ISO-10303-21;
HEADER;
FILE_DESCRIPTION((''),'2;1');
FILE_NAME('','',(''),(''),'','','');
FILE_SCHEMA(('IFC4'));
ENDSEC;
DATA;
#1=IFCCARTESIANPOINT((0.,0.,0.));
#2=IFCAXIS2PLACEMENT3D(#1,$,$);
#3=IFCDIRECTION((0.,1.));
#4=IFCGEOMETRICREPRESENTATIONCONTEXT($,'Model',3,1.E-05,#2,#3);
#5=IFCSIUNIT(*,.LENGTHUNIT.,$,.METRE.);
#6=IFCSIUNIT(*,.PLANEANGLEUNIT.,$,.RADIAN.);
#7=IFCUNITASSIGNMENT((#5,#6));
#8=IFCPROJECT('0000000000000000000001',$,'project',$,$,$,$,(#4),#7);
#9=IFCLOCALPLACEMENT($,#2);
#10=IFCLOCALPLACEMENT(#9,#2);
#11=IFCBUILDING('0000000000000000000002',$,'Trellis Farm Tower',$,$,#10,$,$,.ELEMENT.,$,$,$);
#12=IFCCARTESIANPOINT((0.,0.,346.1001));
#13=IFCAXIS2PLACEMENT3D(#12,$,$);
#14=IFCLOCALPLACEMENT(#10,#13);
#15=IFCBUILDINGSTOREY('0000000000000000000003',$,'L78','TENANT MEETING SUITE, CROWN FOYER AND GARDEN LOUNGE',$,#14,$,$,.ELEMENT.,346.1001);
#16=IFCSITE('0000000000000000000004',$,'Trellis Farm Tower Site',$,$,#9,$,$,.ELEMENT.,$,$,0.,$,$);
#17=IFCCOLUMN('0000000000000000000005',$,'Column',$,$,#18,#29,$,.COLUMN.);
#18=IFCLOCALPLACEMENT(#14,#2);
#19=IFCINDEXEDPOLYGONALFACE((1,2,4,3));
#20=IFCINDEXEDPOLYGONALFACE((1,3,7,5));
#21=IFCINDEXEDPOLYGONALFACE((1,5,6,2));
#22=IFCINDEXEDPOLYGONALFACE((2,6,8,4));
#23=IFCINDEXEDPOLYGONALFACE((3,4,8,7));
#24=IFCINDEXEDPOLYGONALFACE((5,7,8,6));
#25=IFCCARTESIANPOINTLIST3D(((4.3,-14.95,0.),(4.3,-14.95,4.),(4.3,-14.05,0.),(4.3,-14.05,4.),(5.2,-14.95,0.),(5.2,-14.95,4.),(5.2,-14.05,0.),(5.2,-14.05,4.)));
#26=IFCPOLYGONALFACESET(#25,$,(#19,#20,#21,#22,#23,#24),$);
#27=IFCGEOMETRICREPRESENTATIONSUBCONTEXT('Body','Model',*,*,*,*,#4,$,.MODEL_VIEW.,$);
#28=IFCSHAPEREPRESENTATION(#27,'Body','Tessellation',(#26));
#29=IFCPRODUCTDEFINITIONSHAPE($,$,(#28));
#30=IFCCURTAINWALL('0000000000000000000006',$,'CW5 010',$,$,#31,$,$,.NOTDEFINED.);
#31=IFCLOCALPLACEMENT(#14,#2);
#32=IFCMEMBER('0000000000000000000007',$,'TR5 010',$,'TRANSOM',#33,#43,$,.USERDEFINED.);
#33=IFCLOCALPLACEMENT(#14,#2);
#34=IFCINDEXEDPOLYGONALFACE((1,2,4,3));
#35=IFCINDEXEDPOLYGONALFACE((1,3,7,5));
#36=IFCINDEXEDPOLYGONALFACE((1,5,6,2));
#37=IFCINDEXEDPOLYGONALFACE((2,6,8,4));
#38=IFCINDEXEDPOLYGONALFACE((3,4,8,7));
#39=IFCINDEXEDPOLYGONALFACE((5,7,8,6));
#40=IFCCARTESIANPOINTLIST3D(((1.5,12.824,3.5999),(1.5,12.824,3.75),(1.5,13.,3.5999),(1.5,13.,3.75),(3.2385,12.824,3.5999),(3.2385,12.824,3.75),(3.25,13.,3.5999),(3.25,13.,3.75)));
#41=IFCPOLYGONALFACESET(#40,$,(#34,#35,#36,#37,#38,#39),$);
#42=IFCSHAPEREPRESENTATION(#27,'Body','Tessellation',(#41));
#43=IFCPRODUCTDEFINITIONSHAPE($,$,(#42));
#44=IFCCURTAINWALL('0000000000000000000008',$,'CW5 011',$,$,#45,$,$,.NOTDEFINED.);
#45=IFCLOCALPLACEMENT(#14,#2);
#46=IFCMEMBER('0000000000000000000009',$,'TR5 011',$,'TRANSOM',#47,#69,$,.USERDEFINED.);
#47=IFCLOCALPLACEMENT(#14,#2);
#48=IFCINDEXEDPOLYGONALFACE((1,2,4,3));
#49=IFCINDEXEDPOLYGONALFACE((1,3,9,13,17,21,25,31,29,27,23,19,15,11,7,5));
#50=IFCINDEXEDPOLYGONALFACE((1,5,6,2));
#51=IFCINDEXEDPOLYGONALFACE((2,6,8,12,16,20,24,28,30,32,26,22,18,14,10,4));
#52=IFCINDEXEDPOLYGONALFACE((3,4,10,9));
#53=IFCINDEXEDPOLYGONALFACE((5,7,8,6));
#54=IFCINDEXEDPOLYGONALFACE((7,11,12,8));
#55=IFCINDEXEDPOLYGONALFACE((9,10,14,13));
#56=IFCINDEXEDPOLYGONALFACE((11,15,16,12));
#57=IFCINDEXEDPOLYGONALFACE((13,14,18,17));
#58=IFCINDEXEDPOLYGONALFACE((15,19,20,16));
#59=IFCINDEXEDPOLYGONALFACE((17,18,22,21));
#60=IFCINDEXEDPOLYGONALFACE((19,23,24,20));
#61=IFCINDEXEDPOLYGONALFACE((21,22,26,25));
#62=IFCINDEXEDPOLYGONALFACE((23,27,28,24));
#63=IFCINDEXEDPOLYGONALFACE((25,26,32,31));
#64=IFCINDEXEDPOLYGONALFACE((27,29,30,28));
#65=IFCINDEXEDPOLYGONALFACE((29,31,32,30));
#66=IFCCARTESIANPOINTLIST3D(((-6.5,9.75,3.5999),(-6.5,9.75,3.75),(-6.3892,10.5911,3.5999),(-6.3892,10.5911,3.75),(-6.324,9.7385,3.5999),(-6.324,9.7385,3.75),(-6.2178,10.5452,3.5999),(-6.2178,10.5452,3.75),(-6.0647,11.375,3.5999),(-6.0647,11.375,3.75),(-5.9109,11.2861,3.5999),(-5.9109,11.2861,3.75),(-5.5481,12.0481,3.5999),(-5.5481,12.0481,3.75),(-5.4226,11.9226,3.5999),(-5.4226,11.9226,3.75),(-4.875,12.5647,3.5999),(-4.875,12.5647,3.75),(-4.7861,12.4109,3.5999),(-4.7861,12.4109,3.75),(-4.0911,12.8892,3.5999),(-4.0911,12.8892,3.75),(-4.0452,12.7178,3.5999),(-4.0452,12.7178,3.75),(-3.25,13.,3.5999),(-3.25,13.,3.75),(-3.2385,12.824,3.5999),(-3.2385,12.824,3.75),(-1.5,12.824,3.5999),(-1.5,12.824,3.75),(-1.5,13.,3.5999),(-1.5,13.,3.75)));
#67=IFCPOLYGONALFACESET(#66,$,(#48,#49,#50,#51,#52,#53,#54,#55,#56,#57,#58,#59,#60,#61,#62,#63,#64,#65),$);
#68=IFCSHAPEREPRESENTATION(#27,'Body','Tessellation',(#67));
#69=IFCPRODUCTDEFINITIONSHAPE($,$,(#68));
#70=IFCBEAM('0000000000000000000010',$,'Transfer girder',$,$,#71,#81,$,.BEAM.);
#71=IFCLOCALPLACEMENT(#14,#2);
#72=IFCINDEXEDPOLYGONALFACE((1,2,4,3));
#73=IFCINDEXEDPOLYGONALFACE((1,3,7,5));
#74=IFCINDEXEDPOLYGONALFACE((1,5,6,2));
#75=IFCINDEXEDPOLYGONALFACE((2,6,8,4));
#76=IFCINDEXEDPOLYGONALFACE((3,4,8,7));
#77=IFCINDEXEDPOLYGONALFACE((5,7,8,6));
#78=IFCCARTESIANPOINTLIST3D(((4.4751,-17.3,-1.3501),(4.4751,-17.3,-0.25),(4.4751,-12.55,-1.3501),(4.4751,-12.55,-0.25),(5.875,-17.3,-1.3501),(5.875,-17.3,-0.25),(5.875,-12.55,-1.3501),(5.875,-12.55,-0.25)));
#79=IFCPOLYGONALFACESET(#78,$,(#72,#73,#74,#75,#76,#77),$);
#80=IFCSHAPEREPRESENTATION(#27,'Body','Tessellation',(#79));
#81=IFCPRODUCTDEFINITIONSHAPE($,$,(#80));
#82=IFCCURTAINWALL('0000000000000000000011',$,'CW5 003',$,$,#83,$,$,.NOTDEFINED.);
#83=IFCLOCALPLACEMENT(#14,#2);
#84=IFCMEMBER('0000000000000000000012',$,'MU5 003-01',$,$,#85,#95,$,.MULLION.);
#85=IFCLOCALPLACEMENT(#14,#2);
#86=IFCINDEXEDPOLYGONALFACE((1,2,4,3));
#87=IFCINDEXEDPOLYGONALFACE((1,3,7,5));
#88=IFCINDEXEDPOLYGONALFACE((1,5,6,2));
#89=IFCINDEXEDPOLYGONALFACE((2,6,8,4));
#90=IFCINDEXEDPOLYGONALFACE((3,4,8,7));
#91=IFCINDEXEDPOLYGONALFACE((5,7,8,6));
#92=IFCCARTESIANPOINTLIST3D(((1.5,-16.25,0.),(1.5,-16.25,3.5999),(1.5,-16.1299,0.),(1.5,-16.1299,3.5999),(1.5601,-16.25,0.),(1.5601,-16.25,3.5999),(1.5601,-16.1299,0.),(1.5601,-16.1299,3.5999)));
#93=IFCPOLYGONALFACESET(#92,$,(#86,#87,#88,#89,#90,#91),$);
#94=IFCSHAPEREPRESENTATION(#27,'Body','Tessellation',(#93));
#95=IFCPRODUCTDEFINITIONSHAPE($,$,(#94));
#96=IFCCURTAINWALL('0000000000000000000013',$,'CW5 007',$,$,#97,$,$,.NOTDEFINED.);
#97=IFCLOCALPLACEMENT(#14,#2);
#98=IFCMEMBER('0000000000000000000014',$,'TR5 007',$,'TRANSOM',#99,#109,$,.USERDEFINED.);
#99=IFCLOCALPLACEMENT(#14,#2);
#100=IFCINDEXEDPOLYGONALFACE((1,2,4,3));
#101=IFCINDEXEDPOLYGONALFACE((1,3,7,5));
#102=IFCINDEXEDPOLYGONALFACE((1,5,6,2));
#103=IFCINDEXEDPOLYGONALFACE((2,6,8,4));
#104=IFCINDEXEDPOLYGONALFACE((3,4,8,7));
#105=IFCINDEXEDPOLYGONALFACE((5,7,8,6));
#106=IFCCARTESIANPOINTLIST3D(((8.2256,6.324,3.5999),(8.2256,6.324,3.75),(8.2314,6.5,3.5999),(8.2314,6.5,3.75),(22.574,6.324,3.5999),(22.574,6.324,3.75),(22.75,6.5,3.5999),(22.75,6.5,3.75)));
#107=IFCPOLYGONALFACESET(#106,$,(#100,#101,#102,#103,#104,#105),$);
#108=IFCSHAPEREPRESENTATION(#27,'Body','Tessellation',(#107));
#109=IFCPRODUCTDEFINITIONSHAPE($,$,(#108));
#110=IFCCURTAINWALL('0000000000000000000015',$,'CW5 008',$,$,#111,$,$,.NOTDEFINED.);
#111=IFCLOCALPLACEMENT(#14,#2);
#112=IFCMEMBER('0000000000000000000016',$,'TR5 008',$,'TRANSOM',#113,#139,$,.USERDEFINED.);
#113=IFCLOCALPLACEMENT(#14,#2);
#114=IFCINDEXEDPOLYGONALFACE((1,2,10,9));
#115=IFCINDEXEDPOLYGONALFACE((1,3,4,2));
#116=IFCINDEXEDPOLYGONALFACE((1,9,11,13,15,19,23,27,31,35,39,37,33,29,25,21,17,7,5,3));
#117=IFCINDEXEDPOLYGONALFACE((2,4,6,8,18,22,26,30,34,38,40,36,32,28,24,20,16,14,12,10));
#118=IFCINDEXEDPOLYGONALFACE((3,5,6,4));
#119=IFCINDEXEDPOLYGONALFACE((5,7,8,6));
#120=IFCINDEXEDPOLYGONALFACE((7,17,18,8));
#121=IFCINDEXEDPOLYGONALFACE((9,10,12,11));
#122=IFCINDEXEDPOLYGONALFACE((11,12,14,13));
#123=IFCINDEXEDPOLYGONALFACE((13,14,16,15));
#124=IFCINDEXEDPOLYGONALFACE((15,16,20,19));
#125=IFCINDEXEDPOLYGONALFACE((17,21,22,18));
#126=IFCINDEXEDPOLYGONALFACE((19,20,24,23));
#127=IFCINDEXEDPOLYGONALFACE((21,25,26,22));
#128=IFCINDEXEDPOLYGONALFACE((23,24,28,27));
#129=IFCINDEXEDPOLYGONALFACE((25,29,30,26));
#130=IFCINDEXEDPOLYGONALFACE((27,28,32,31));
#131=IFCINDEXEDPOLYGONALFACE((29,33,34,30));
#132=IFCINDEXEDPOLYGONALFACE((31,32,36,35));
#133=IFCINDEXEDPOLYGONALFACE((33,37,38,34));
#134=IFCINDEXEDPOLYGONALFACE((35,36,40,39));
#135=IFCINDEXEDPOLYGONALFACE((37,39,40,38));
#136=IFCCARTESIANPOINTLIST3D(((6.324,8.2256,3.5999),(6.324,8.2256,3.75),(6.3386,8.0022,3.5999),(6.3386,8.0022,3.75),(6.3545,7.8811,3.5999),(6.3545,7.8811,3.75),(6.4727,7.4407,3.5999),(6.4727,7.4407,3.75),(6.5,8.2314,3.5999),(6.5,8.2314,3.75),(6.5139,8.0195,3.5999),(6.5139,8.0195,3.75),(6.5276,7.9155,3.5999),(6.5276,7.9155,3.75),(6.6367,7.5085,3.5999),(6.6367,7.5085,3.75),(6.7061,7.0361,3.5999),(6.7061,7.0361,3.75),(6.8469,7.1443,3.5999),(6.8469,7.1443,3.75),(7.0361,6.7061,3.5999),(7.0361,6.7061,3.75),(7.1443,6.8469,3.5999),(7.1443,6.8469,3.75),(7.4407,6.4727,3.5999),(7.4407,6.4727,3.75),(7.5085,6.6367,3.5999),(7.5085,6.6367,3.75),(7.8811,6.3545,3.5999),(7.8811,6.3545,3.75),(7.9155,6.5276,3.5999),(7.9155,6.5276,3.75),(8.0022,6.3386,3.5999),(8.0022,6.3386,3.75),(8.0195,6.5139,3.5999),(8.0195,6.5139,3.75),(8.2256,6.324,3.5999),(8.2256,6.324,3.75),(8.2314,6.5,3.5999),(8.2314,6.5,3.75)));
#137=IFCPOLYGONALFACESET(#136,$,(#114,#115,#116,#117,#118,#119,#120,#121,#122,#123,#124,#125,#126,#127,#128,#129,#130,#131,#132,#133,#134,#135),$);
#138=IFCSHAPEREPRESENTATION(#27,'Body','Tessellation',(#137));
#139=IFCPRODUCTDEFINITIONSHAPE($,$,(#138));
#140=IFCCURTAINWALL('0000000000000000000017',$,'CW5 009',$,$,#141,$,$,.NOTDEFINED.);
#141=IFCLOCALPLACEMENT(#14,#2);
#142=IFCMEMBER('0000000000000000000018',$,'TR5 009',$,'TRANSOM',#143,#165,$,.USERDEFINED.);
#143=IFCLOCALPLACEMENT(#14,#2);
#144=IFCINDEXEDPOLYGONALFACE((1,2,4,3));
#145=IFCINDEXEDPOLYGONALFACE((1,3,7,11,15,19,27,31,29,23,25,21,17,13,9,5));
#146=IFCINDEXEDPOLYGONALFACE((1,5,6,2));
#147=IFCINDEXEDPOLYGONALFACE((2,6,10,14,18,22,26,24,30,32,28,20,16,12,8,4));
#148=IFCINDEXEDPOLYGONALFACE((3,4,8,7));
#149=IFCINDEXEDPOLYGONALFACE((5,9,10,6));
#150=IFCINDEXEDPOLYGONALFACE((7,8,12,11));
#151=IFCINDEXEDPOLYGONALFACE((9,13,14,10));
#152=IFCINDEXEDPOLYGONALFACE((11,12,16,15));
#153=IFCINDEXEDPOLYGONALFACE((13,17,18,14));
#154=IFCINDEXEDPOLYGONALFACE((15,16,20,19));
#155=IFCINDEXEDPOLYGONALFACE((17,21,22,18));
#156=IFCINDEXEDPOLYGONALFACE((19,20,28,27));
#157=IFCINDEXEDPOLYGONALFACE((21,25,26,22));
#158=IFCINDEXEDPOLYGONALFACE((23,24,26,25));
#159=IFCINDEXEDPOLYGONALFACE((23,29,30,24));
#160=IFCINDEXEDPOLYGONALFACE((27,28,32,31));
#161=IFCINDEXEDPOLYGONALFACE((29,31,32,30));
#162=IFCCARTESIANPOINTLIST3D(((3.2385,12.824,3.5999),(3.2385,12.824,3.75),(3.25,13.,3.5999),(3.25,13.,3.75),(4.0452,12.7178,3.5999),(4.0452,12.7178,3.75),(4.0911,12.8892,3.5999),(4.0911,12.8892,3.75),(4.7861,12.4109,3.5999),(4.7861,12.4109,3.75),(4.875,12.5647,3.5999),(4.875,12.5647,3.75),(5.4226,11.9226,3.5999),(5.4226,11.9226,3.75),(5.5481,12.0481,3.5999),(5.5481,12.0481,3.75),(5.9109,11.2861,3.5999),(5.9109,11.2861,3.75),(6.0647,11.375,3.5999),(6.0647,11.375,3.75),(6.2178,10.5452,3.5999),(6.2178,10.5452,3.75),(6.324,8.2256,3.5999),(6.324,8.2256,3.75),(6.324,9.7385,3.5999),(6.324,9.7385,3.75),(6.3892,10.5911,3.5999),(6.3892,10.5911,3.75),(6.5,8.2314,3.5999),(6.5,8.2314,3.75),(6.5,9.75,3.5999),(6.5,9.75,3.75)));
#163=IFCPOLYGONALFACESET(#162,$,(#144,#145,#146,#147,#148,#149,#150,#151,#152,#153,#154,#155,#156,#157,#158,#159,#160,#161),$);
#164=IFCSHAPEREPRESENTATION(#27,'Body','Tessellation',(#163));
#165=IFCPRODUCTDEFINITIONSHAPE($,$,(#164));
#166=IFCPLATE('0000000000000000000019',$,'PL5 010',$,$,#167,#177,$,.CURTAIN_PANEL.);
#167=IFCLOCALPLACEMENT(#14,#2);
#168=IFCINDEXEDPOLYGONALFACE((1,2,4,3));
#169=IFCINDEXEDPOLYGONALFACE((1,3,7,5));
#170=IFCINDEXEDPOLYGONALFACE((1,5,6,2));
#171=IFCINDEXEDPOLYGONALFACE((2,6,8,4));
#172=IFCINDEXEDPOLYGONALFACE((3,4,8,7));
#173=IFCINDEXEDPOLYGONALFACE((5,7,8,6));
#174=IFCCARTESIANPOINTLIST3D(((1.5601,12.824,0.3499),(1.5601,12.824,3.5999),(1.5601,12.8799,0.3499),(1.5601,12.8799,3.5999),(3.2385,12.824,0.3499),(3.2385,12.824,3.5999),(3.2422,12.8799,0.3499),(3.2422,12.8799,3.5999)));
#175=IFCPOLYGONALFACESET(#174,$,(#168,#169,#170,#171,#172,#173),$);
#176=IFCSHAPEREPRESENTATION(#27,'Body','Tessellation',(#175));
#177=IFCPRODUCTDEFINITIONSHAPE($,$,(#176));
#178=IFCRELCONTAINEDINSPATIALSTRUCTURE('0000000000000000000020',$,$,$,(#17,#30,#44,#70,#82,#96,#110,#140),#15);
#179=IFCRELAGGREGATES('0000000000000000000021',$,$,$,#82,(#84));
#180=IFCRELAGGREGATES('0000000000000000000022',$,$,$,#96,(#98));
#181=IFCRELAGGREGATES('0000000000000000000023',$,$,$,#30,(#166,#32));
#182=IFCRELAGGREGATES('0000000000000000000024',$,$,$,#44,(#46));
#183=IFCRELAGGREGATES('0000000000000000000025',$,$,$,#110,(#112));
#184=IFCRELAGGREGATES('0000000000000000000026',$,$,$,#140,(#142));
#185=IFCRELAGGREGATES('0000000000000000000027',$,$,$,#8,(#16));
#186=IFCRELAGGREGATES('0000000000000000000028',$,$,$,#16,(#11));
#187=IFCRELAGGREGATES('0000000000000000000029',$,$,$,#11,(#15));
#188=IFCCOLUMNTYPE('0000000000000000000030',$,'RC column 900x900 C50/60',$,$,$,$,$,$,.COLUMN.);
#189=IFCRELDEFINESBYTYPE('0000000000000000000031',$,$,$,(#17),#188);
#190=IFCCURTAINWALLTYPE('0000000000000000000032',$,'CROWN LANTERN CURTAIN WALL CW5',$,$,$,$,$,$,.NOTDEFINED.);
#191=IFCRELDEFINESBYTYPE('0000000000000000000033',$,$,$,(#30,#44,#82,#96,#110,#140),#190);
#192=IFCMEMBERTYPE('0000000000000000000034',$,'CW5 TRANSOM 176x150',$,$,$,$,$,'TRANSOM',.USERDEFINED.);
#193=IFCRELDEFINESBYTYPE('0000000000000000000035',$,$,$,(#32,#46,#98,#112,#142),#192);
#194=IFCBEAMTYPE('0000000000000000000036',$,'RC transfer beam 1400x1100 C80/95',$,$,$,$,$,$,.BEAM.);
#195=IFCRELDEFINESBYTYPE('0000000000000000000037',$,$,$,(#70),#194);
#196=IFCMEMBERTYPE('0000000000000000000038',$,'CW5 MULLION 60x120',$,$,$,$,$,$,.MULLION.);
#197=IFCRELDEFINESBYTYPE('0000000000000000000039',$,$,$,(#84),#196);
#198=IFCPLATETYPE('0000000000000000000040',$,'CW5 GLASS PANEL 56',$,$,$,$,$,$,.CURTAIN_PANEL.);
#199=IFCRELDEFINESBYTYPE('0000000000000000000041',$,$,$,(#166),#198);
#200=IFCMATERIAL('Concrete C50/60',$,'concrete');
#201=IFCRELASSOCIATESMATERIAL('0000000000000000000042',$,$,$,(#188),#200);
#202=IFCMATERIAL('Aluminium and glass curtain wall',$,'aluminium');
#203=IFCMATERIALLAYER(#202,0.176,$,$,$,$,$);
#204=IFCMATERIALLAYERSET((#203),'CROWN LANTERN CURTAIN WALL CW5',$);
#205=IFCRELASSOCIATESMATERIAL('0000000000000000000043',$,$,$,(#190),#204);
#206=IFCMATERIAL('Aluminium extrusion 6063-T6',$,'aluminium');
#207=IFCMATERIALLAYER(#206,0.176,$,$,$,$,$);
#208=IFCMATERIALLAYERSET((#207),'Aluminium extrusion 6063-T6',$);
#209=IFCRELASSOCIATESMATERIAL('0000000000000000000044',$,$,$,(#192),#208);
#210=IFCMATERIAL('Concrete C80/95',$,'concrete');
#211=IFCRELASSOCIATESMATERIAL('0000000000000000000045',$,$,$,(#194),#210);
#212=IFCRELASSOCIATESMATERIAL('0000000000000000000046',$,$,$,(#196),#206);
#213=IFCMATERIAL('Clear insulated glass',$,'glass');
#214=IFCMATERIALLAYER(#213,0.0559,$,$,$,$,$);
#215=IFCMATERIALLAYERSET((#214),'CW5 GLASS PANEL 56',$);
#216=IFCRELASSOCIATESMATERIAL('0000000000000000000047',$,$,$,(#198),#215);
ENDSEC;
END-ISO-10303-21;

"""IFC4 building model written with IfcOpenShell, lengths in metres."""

from ifc_helpers import new_model, si_unit, direction, frame, origin, origin_2d, place, context, subcontext, project, spatial, polyline, rectangle, outline, extrude, source, transform, mapped, material, layer, layer_set, material_profile, profile_set, type_object, element, aggregate, save


model = new_model("IFC4")

# Units and contexts
model_context = context("Model", 3, precision=1e-05, world=origin(), true_north=direction((0.0, 1.0)))
body_context = subcontext(model_context, "Body", "Model", "MODEL_VIEW")
ifc_project = project(units=[si_unit("LENGTHUNIT", "METRE"), si_unit("PLANEANGLEUNIT", "RADIAN")], contexts=[model_context])

# Site, building, storey
site_placement = place(None, origin())
site = spatial("IfcSite", under=ifc_project, at=site_placement, Name="Trellis Farm Tower Site", CompositionType="ELEMENT", RefElevation=0.0)
building_placement = place(site_placement, origin())
building = spatial("IfcBuilding", under=site, at=building_placement, Name="Trellis Farm Tower", CompositionType="ELEMENT")
storey_placement = place(building_placement, frame((0.0, 0.0, 346.1001)))
storey = spatial("IfcBuildingStorey", under=building, at=storey_placement, Name="L78", Description="TENANT MEETING SUITE, CROWN FOYER AND GARDEN LOUNGE", CompositionType="ELEMENT", Elevation=346.1001)

# Column
ifc_material_1 = material(Name="Concrete C50/60", Category="concrete")
ifc_material_profile_1 = material_profile(ifc_material_1, rectangle(XDim=0.8999, YDim=0.8999, at=origin_2d()), Name="RC column 900x900 C50/60")
ifc_profile_set_1 = profile_set([ifc_material_profile_1], Name="Concrete C50/60")
column_type = type_object("IfcColumnType", Name="RC column 900x900 C50/60", PredefinedType="COLUMN", material=ifc_profile_set_1)
shared_shape_1 = source(origin(), body_context, "Body", "SweptSolid", [
    extrude(rectangle(XDim=0.8999, YDim=0.8999, at=origin_2d()), origin(), (0.0, 0.0, 1.0), 4.0),
])
column_placement = place(storey_placement, frame((4.75, -14.5, 0.0), z_axis=(0.0, 0.0, 1.0), x_axis=(1.0, 0.0, 0.0)))
element("IfcColumn", 1, at=column_placement, inside=storey, type_object=column_type, Name="Column", PredefinedType="COLUMN", context=body_context, shape_type="MappedRepresentation", body=[
    mapped(shared_shape_1, transform((0.0, 0.0, 0.0))),
])

# Curtain walls, members
ifc_material_2 = material(Name="Aluminium and glass curtain wall", Category="aluminium")
ifc_layer_1 = layer(ifc_material_2, 0.176)
ifc_layer_set_1 = layer_set([ifc_layer_1], Name="CROWN LANTERN CURTAIN WALL CW5")
curtain_wall_type = type_object("IfcCurtainWallType", Name="CROWN LANTERN CURTAIN WALL CW5", PredefinedType="NOTDEFINED", material=ifc_layer_set_1)
placement_1 = place(storey_placement, origin())
curtain_wall_1 = element("IfcCurtainWall", 2, at=placement_1, inside=storey, type_object=curtain_wall_type, Name="CW5 010", PredefinedType="NOTDEFINED")
ifc_material_3 = material(Name="Aluminium extrusion 6063-T6", Category="aluminium")
ifc_layer_2 = layer(ifc_material_3, 0.176)
ifc_layer_set_2 = layer_set([ifc_layer_2], Name="Aluminium extrusion 6063-T6")
member_type_1 = type_object("IfcMemberType", Name="CW5 TRANSOM 176x150", ElementType="TRANSOM", PredefinedType="USERDEFINED", material=ifc_layer_set_2)
placement_2 = place(storey_placement, frame((0.0, 0.0, 3.5999)))
member_1 = element("IfcMember", 3, at=placement_2, type_object=member_type_1, Name="TR5 010", ObjectType="TRANSOM", PredefinedType="USERDEFINED", context=body_context, shape_type="SweptSolid", body=[
    extrude(outline(polyline([(3.25, 13.0), (1.5, 13.0), (1.5, 12.824), (3.2385, 12.824), (3.25, 13.0)])), origin(), (0.0, 0.0, 1.0), 0.1501),
])
curtain_wall_2 = element("IfcCurtainWall", 4, at=placement_1, inside=storey, type_object=curtain_wall_type, Name="CW5 011", PredefinedType="NOTDEFINED")
member_2 = element("IfcMember", 5, at=placement_2, type_object=member_type_1, Name="TR5 011", ObjectType="TRANSOM", PredefinedType="USERDEFINED", context=body_context, shape_type="SweptSolid", body=[
    extrude(outline(polyline([(-1.5, 13.0), (-3.25, 13.0), (-4.0911, 12.8892), (-4.875, 12.5647), (-5.5481, 12.0481), (-6.0647, 11.375), (-6.3892, 10.5911), (-6.5, 9.75), (-6.324, 9.7385), (-6.2178, 10.5452), (-5.9109, 11.2861), (-5.4226, 11.9226), (-4.7861, 12.4109), (-4.0452, 12.7178), (-3.2385, 12.824), (-1.5, 12.824), (-1.5, 13.0)])), origin(), (0.0, 0.0, 1.0), 0.1501),
])

# Beam
ifc_material_4 = material(Name="Concrete C80/95", Category="concrete")
ifc_material_profile_2 = material_profile(ifc_material_4, rectangle(XDim=1.3999, YDim=1.1001, at=origin_2d()), Name="RC transfer beam 1400x1100 C80/95")
ifc_profile_set_2 = profile_set([ifc_material_profile_2], Name="Concrete C80/95")
beam_type = type_object("IfcBeamType", Name="RC transfer beam 1400x1100 C80/95", PredefinedType="BEAM", material=ifc_profile_set_2)
shared_shape_2 = source(origin(), body_context, "Body", "SweptSolid", [
    extrude(rectangle(XDim=1.3999, YDim=1.1001, at=origin_2d()), origin(), (0.0, 0.0, 1.0), 4.75),
])
beam_placement = place(storey_placement, frame((5.175, -17.3, -0.8), z_axis=(0.0, 1.0, 0.0), x_axis=(-1.0, 0.0, 0.0)))
element("IfcBeam", 6, at=beam_placement, inside=storey, type_object=beam_type, Name="Transfer girder", PredefinedType="BEAM", context=body_context, shape_type="MappedRepresentation", body=[
    mapped(shared_shape_2, transform((0.0, 0.0, 0.0))),
])

# Curtain walls, members
curtain_wall_3 = element("IfcCurtainWall", 7, at=placement_1, inside=storey, type_object=curtain_wall_type, Name="CW5 003", PredefinedType="NOTDEFINED")
ifc_material_profile_3 = material_profile(ifc_material_3, rectangle(XDim=0.0601, YDim=0.1201, at=origin_2d()), Name="MULLION 60x120")
ifc_profile_set_3 = profile_set([ifc_material_profile_3], Name="Aluminium extrusion 6063-T6")
member_type_2 = type_object("IfcMemberType", Name="CW5 MULLION 60x120", PredefinedType="MULLION", material=ifc_profile_set_3)
shared_shape_3 = source(origin(), body_context, "Body", "SweptSolid", [
    extrude(rectangle(XDim=0.0601, YDim=0.1201, at=origin_2d()), origin(), (0.0, 0.0, 1.0), 3.5999),
])
member_3_placement = place(storey_placement, frame((1.53, -16.1899, 0.0), z_axis=(0.0, 0.0, 1.0), x_axis=(1.0, 0.0, 0.0)))
member_3 = element("IfcMember", 8, at=member_3_placement, type_object=member_type_2, Name="MU5 003-01", PredefinedType="MULLION", context=body_context, shape_type="MappedRepresentation", body=[
    mapped(shared_shape_3, transform((0.0, 0.0, 0.0))),
])
aggregate(curtain_wall_3, [member_3])
curtain_wall_4 = element("IfcCurtainWall", 9, at=placement_1, inside=storey, type_object=curtain_wall_type, Name="CW5 007", PredefinedType="NOTDEFINED")
shared_shape_4 = source(origin(), body_context, "Body", "SweptSolid", [
    extrude(outline(polyline([(22.75, 6.5), (8.2314, 6.5), (8.2256, 6.324), (22.574, 6.324), (22.75, 6.5)])), origin(), (0.0, 0.0, 1.0), 0.1501),
])
member_4 = element("IfcMember", 10, at=placement_2, type_object=member_type_1, Name="TR5 007", ObjectType="TRANSOM", PredefinedType="USERDEFINED", context=body_context, shape_type="MappedRepresentation", body=[
    mapped(shared_shape_4, transform((0.0, 0.0, 0.0))),
])
aggregate(curtain_wall_4, [member_4])
curtain_wall_5 = element("IfcCurtainWall", 11, at=placement_1, inside=storey, type_object=curtain_wall_type, Name="CW5 008", PredefinedType="NOTDEFINED")
shared_shape_5 = source(origin(), body_context, "Body", "SweptSolid", [
    extrude(outline(polyline([(8.2314, 6.5), (8.0195, 6.5139), (7.9155, 6.5276), (7.5085, 6.6367), (7.1443, 6.8469), (6.8469, 7.1443), (6.6367, 7.5085), (6.5276, 7.9155), (6.5139, 8.0195), (6.5, 8.2314), (6.324, 8.2256), (6.3386, 8.0022), (6.3545, 7.8811), (6.4727, 7.4407), (6.7061, 7.0361), (7.0361, 6.7061), (7.4407, 6.4727), (7.8811, 6.3545), (8.0022, 6.3386), (8.2256, 6.324), (8.2314, 6.5)])), origin(), (0.0, 0.0, 1.0), 0.1501),
])
member_5 = element("IfcMember", 12, at=placement_2, type_object=member_type_1, Name="TR5 008", ObjectType="TRANSOM", PredefinedType="USERDEFINED", context=body_context, shape_type="MappedRepresentation", body=[
    mapped(shared_shape_5, transform((0.0, 0.0, 0.0))),
])
curtain_wall_6 = element("IfcCurtainWall", 13, at=placement_1, inside=storey, type_object=curtain_wall_type, Name="CW5 009", PredefinedType="NOTDEFINED")
shared_shape_6 = source(origin(), body_context, "Body", "SweptSolid", [
    extrude(outline(polyline([(6.5, 8.2314), (6.5, 9.75), (6.3892, 10.5911), (6.0647, 11.375), (5.5481, 12.0481), (4.875, 12.5647), (4.0911, 12.8892), (3.25, 13.0), (3.2385, 12.824), (4.0452, 12.7178), (4.7861, 12.4109), (5.4226, 11.9226), (5.9109, 11.2861), (6.2178, 10.5452), (6.324, 9.7385), (6.324, 8.2256), (6.5, 8.2314)])), origin(), (0.0, 0.0, 1.0), 0.1501),
])
member_6 = element("IfcMember", 14, at=placement_2, type_object=member_type_1, Name="TR5 009", ObjectType="TRANSOM", PredefinedType="USERDEFINED", context=body_context, shape_type="MappedRepresentation", body=[
    mapped(shared_shape_6, transform((0.0, 0.0, 0.0))),
])

# Plate
ifc_material_5 = material(Name="Clear insulated glass", Category="glass")
ifc_layer_3 = layer(ifc_material_5, 0.0559)
ifc_layer_set_3 = layer_set([ifc_layer_3], Name="CW5 GLASS PANEL 56")
plate_type_1 = type_object("IfcPlateType", Name="CW5 GLASS PANEL 56", PredefinedType="CURTAIN_PANEL", material=ifc_layer_set_3)
placement_3 = place(storey_placement, frame((0.0, 0.0, 0.3499)))
plate_1 = element("IfcPlate", 15, at=placement_3, type_object=plate_type_1, Name="PL5 010", PredefinedType="CURTAIN_PANEL", context=body_context, shape_type="SweptSolid", body=[
    extrude(outline(polyline([(3.2422, 12.8799), (1.5601, 12.8799), (1.5601, 12.824), (3.2385, 12.824), (3.2422, 12.8799)])), origin(), (0.0, 0.0, 1.0), 3.25),
])
aggregate(curtain_wall_1, [plate_1, member_1])
aggregate(curtain_wall_2, [member_2])
aggregate(curtain_wall_5, [member_5])
aggregate(curtain_wall_6, [member_6])

save(model, "model.ifc")
